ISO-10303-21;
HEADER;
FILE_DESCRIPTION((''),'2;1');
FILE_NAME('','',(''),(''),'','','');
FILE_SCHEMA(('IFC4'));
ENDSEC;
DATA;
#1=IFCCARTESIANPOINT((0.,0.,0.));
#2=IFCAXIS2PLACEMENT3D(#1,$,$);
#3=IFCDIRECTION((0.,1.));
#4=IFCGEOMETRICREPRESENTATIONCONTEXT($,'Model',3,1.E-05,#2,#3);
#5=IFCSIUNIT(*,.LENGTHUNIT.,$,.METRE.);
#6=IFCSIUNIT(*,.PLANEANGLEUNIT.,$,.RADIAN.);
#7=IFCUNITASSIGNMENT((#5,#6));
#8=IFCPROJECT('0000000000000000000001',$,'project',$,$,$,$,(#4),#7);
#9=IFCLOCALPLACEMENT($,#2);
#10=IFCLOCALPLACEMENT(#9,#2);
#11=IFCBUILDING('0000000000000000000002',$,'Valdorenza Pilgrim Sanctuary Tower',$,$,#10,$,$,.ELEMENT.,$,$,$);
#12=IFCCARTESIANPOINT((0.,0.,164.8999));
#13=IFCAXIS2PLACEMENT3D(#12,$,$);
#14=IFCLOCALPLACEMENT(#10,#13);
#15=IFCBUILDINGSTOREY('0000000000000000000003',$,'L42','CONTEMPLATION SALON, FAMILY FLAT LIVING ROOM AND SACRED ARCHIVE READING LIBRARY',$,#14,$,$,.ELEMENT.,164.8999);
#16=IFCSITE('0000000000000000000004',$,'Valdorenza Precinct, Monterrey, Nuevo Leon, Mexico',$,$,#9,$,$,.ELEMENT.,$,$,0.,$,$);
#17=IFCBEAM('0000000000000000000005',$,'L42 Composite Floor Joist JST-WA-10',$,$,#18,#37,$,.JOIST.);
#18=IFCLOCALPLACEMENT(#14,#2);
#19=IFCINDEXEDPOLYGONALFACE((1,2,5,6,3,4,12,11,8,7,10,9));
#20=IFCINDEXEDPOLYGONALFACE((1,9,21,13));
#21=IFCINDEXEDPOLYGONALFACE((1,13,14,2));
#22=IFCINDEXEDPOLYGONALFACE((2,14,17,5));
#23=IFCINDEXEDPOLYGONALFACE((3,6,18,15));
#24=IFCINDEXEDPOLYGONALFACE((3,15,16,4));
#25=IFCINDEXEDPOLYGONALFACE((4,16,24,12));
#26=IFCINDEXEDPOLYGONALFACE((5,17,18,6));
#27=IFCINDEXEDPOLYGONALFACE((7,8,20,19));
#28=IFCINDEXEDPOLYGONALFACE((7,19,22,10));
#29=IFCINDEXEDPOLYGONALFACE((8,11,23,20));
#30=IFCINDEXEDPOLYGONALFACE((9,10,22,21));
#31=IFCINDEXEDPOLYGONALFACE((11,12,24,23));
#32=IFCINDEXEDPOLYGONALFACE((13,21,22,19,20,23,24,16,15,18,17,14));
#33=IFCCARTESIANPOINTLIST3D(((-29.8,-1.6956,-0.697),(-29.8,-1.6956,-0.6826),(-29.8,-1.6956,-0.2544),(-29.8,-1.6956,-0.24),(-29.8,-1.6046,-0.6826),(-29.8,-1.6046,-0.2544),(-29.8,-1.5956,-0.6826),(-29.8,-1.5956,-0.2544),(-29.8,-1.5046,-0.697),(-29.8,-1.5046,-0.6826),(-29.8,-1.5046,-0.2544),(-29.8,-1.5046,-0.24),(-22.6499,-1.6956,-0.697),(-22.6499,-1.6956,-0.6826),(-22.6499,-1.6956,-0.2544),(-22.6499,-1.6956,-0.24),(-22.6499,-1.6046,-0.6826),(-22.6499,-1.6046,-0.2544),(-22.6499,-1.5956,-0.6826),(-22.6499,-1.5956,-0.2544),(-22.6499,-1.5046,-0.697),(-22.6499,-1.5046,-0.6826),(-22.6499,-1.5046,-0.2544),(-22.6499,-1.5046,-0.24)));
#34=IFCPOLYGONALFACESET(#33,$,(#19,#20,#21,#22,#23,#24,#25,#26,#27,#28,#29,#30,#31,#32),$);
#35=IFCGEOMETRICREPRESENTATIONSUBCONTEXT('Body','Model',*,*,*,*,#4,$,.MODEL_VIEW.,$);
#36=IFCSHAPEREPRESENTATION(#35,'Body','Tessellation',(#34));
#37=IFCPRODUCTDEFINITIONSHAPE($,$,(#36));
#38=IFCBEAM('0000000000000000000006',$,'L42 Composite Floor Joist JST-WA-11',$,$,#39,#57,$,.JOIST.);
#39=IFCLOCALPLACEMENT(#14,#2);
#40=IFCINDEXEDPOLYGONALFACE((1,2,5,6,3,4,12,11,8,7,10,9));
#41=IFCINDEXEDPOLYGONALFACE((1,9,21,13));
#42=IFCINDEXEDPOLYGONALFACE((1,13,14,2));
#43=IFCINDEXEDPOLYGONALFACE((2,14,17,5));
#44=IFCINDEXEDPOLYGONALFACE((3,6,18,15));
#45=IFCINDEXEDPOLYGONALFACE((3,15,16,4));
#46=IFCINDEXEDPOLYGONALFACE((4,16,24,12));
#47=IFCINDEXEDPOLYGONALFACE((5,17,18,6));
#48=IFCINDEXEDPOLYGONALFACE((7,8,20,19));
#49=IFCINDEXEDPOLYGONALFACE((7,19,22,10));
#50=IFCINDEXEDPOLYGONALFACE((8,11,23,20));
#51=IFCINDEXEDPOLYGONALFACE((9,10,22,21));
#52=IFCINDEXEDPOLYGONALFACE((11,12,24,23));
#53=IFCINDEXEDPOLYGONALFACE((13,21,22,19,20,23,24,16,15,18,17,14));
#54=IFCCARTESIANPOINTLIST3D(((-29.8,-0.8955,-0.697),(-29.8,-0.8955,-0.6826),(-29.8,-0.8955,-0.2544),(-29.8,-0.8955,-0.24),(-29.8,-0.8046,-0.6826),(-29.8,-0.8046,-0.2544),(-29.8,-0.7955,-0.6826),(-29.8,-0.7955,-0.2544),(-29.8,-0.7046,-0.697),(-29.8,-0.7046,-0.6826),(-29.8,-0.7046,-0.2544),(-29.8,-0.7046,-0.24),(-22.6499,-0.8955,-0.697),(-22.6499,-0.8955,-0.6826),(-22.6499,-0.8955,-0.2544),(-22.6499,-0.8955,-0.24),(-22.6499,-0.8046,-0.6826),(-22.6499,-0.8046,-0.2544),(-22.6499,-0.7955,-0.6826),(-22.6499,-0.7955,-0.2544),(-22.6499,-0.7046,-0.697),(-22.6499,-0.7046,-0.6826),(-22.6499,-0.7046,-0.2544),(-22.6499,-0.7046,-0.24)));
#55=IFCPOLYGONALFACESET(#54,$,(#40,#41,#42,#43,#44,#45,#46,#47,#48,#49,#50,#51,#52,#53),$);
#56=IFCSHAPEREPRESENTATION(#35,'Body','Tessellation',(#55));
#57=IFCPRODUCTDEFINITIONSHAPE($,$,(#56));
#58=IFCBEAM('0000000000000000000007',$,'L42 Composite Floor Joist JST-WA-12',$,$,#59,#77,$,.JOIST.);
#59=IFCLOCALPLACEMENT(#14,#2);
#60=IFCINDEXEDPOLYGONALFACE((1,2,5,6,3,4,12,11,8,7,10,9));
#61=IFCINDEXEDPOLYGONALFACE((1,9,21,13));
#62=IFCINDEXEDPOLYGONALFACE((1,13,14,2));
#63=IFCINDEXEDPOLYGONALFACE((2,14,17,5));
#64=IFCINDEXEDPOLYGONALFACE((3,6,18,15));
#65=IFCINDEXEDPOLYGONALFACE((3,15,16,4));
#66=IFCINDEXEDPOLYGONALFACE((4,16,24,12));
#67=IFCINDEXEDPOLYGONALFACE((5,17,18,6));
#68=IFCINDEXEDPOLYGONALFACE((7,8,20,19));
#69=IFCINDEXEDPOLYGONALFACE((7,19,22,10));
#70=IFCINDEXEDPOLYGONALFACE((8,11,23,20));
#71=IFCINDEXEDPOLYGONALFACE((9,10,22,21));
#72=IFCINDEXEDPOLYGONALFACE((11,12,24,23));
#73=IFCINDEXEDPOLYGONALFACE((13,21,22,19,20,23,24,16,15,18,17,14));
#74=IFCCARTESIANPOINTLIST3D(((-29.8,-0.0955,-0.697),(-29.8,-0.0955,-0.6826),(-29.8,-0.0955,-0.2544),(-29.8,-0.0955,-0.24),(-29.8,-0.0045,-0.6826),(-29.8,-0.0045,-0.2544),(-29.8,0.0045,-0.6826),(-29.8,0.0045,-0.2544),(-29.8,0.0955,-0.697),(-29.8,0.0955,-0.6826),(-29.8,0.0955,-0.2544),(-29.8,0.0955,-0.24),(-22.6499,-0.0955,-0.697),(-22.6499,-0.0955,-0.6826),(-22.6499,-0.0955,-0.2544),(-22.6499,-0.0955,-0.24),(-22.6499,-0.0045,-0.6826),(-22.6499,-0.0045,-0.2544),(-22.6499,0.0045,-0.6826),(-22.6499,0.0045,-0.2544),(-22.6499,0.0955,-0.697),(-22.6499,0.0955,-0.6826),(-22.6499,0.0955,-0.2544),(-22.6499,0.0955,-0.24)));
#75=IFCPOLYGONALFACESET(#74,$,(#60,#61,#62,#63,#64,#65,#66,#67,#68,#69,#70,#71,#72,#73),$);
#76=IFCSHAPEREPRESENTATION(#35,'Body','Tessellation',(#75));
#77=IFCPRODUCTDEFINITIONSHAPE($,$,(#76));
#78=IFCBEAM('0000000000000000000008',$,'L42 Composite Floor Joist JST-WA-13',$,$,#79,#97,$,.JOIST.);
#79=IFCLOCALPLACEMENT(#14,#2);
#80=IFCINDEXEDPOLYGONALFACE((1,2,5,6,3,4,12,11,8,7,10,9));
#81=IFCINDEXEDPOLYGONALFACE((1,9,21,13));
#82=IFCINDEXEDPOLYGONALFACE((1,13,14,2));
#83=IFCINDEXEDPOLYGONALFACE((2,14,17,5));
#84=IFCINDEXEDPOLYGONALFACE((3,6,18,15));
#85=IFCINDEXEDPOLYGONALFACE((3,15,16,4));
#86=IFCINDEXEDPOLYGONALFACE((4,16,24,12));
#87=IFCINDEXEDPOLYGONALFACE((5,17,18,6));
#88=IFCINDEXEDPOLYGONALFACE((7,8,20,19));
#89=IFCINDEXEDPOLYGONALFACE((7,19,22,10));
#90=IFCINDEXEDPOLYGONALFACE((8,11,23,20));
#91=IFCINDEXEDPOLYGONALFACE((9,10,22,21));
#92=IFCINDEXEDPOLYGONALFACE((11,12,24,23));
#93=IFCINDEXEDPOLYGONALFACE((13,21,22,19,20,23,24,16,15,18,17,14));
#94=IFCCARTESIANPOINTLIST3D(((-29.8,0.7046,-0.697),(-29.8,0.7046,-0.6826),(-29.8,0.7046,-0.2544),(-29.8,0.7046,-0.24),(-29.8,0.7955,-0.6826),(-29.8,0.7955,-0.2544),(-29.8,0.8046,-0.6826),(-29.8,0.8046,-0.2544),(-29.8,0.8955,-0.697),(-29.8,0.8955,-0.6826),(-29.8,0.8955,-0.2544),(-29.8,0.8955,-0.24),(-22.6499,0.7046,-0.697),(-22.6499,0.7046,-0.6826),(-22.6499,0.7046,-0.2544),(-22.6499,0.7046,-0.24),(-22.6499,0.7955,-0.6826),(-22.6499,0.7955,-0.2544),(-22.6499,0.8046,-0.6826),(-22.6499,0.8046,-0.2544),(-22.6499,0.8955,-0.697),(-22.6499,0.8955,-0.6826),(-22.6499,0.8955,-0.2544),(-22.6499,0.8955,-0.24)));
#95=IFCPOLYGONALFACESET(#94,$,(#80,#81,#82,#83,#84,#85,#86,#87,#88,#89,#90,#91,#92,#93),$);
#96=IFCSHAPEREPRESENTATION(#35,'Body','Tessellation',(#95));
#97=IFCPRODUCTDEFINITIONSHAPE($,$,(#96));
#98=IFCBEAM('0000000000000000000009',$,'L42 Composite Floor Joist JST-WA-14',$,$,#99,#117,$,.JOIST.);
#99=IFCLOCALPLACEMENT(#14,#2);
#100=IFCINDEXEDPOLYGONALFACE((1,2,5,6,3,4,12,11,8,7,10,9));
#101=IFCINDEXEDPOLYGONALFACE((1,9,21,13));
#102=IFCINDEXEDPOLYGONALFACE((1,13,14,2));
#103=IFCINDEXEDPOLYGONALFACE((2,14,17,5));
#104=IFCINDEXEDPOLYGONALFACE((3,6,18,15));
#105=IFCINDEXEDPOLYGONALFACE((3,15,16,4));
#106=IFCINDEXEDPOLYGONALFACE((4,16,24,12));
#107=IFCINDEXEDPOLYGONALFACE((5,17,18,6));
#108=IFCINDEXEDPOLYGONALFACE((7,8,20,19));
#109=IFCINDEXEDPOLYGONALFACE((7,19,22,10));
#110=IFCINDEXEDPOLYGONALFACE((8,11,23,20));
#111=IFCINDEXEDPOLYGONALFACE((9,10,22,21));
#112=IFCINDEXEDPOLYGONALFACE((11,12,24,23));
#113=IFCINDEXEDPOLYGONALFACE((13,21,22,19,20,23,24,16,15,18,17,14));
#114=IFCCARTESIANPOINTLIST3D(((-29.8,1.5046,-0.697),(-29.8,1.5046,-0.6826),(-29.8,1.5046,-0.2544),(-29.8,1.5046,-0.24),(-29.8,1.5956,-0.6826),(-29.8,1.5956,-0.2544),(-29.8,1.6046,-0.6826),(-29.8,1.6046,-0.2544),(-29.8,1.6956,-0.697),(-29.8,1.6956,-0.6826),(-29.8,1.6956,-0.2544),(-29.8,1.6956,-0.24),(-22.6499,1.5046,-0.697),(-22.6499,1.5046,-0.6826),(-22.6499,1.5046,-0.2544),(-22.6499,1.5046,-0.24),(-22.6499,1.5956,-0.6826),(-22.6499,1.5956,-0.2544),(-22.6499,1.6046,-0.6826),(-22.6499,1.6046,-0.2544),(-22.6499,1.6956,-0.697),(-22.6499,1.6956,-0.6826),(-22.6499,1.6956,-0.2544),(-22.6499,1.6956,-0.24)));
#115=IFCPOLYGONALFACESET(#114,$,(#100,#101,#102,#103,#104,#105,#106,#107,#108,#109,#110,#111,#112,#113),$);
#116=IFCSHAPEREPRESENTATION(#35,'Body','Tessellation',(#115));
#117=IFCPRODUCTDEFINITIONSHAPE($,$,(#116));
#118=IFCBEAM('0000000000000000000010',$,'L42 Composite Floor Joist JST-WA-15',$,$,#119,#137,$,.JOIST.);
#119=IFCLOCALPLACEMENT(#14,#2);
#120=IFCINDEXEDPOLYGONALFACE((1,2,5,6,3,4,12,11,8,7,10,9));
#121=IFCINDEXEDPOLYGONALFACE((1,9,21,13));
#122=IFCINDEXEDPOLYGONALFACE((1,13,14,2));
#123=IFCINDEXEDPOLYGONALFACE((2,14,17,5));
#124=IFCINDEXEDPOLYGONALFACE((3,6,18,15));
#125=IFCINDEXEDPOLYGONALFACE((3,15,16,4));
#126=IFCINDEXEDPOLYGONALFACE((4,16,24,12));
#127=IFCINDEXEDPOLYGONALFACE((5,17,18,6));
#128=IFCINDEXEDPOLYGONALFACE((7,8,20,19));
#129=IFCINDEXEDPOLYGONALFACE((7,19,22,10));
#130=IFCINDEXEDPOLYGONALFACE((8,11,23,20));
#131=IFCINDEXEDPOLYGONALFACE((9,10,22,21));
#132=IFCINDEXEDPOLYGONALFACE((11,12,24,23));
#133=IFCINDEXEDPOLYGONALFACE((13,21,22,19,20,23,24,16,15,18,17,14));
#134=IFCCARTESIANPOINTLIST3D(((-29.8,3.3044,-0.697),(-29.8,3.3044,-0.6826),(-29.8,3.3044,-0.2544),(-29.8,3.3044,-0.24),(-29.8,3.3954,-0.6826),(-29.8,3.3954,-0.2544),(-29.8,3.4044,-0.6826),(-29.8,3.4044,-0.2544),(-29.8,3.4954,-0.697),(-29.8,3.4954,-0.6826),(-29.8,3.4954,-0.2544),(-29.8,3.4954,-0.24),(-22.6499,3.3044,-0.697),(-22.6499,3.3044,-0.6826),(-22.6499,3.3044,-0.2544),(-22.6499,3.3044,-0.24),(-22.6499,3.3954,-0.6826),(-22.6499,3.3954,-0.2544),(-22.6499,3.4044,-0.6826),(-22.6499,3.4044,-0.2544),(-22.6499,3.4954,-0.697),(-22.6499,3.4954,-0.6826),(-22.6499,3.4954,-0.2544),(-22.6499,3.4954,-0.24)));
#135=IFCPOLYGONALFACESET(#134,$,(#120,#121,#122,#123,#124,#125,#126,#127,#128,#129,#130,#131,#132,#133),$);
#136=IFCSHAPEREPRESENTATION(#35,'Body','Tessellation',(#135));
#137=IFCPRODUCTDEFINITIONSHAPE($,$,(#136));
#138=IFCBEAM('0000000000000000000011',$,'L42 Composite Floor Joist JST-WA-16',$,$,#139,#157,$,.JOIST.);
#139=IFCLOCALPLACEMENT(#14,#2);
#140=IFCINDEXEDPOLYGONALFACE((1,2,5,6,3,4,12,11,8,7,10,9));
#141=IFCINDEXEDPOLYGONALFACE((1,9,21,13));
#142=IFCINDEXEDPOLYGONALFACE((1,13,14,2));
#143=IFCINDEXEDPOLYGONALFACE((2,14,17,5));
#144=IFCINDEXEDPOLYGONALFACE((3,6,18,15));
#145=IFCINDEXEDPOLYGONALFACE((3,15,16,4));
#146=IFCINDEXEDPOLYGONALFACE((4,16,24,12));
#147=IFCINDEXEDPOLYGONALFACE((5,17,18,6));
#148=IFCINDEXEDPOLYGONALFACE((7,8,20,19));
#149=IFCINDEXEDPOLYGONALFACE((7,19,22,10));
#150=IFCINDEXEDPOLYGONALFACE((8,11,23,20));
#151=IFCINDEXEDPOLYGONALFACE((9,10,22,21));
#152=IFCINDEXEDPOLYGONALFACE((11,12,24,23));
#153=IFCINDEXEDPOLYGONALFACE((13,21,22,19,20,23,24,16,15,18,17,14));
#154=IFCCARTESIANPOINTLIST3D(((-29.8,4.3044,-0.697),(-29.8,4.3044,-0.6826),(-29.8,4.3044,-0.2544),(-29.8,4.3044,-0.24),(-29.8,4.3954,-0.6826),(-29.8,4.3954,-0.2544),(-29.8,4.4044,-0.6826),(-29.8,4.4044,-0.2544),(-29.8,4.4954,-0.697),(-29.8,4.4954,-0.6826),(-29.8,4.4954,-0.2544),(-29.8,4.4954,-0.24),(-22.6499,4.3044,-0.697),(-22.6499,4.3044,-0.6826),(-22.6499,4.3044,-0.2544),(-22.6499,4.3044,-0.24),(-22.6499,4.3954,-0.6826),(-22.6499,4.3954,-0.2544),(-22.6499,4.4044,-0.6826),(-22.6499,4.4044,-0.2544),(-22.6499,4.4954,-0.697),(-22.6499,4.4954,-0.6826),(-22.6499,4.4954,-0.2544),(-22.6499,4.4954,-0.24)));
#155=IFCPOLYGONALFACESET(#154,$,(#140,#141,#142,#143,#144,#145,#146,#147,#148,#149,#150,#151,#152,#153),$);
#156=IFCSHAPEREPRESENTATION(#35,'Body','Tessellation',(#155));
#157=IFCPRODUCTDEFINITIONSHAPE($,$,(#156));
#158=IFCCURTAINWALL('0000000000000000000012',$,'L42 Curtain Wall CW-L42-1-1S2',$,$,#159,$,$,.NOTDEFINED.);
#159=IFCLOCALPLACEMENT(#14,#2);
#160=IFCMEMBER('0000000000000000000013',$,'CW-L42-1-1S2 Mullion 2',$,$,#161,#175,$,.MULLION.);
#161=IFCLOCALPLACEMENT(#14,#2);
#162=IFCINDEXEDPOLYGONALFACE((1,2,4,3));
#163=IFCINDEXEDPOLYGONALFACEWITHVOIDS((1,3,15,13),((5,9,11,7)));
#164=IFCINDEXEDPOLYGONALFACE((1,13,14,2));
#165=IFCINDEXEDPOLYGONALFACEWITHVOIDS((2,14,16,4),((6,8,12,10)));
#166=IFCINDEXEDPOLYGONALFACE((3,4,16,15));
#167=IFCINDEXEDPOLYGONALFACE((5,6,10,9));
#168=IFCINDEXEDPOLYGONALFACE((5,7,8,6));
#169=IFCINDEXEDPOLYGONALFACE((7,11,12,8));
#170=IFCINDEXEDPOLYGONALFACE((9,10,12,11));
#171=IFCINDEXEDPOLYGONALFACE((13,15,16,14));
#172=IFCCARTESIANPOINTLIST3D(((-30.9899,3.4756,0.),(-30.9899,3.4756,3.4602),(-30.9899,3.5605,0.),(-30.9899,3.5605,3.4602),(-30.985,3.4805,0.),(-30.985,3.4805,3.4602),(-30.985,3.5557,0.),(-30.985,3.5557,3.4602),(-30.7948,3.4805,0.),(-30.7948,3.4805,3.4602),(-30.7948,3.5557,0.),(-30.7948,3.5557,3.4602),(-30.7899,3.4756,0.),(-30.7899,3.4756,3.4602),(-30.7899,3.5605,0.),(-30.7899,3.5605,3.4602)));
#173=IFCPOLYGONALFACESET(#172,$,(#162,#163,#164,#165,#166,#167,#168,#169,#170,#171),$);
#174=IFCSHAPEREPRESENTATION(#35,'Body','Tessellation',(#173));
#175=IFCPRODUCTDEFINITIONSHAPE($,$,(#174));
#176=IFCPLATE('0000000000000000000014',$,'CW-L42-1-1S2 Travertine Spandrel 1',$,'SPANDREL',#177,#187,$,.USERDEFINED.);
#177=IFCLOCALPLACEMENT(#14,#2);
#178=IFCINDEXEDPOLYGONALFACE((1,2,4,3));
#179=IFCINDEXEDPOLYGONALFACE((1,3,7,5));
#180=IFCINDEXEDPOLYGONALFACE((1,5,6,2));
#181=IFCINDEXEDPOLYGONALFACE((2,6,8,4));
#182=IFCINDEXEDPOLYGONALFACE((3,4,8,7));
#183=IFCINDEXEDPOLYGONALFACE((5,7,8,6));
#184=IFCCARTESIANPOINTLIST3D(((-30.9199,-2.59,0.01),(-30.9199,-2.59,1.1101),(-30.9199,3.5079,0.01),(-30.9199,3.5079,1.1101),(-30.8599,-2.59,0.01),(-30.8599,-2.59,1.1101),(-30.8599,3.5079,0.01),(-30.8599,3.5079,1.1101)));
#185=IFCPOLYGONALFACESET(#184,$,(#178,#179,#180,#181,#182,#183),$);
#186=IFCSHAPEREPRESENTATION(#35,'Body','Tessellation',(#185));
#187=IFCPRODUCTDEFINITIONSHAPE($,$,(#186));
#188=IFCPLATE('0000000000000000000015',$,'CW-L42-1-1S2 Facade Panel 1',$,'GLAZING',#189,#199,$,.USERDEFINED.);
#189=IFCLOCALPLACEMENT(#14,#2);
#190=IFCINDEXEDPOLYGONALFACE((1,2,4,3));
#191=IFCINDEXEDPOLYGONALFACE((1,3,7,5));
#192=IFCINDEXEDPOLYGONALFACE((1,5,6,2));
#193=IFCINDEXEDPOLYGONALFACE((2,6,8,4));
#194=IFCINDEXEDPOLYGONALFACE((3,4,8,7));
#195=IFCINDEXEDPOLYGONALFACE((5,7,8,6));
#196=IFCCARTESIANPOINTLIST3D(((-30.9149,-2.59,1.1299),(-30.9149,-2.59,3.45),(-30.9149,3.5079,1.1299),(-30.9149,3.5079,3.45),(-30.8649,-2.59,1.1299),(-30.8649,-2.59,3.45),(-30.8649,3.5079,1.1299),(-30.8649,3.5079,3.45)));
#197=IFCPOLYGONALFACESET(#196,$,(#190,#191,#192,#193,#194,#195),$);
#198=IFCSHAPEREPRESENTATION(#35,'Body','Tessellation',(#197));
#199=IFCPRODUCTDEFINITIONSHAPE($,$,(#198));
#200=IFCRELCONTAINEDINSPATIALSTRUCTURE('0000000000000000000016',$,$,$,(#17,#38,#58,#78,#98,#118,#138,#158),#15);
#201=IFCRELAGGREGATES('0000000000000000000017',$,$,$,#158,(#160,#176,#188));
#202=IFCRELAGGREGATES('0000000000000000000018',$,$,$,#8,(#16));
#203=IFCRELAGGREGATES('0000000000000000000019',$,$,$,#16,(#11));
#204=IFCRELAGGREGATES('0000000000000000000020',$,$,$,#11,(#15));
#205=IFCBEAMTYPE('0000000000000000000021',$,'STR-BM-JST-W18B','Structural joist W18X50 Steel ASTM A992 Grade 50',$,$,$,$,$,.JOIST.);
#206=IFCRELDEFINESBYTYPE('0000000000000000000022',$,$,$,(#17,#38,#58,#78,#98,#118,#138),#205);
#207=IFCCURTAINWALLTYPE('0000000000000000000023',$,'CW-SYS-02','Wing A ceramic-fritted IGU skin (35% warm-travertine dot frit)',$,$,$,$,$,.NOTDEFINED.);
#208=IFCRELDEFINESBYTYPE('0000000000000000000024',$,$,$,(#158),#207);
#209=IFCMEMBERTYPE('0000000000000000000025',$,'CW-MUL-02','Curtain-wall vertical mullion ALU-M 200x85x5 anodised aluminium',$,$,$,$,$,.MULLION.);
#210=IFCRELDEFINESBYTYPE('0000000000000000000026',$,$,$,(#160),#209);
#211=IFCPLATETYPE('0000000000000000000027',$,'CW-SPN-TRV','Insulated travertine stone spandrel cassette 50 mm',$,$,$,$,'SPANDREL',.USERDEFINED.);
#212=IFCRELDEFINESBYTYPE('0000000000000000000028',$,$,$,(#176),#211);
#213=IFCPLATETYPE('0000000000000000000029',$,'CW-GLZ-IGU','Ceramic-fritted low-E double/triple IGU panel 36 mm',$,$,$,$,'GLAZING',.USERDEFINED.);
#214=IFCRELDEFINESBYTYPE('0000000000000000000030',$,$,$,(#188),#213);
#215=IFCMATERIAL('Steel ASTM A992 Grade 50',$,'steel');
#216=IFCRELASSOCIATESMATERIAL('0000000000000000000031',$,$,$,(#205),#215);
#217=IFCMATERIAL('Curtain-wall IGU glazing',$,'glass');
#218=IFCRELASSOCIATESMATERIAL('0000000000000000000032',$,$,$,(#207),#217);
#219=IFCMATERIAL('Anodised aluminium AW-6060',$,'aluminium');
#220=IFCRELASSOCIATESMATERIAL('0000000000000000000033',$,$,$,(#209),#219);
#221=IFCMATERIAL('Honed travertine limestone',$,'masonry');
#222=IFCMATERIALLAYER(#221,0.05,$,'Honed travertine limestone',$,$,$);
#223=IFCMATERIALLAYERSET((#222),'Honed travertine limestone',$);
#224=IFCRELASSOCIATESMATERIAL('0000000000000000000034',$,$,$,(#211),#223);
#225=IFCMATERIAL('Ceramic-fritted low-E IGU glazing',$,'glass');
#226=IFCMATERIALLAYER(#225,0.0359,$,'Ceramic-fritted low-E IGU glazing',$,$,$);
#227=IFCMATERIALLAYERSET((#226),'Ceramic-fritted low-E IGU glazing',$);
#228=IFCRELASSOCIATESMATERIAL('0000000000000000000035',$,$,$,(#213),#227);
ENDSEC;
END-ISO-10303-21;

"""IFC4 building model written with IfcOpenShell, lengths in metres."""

from ifc_helpers import new_model, si_unit, direction, frame, origin, origin_2d, place, context, subcontext, project, spatial, rectangle, hollow_rectangle, i_section, extrude, source, transform, mapped, material, layer, layer_set, material_profile, profile_set, type_object, element, aggregate, save


model = new_model("IFC4")

# Units and contexts
model_context = context("Model", 3, precision=1e-05, world=origin(), true_north=direction((0.0, 1.0)))
body_context = subcontext(model_context, "Body", "Model", "MODEL_VIEW")
ifc_project = project(units=[si_unit("LENGTHUNIT", "METRE"), si_unit("PLANEANGLEUNIT", "RADIAN")], contexts=[model_context])

# Site, building, storey
site_placement = place(None, origin())
site = spatial("IfcSite", under=ifc_project, at=site_placement, Name="Valdorenza Precinct, Monterrey, Nuevo Leon, Mexico", CompositionType="ELEMENT", RefElevation=0.0)
building_placement = place(site_placement, origin())
building = spatial("IfcBuilding", under=site, at=building_placement, Name="Valdorenza Pilgrim Sanctuary Tower", CompositionType="ELEMENT")
storey_placement = place(building_placement, frame((0.0, 0.0, 164.8999)))
storey = spatial("IfcBuildingStorey", under=building, at=storey_placement, Name="L42", Description="CONTEMPLATION SALON, FAMILY FLAT LIVING ROOM AND SACRED ARCHIVE READING LIBRARY", CompositionType="ELEMENT", Elevation=164.8999)

# Beams
ifc_material_1 = material(Name="Steel ASTM A992 Grade 50", Category="steel")
ifc_material_profile_1 = material_profile(ifc_material_1, i_section(OverallWidth=0.1909, OverallDepth=0.457, WebThickness=0.009, FlangeThickness=0.0144, at=origin_2d()), Name="W18X50")
ifc_profile_set_1 = profile_set([ifc_material_profile_1], Name="Steel ASTM A992 Grade 50")
beam_type = type_object("IfcBeamType", Name="STR-BM-JST-W18B", Description="Structural joist W18X50 Steel ASTM A992 Grade 50", PredefinedType="JOIST", material=ifc_profile_set_1)
shared_shape_1 = source(origin(), body_context, "Body", "SweptSolid", [
    extrude(i_section(OverallWidth=0.1909, OverallDepth=0.457, WebThickness=0.009, FlangeThickness=0.0144, at=origin_2d()), origin(), (0.0, 0.0, 1.0), 7.1501),
])
for number, where, z_axis, x_axis, name in (
    (1, (-29.8, -1.6001, -0.4685), (1.0, 0.0, 0.0), (0.0, 1.0, 0.0), "L42 Composite Floor Joist JST-WA-10"),
    (2, (-29.8, -0.8, -0.4685), (1.0, 0.0, 0.0), (0.0, 1.0, 0.0), "L42 Composite Floor Joist JST-WA-11"),
    (3, (-29.8, 0.0, -0.4685), (1.0, 0.0, 0.0), (0.0, 1.0, 0.0), "L42 Composite Floor Joist JST-WA-12"),
    (4, (-29.8, 0.8, -0.4685), (1.0, 0.0, 0.0), (0.0, 1.0, 0.0), "L42 Composite Floor Joist JST-WA-13"),
    (5, (-29.8, 1.6001, -0.4685), (1.0, 0.0, 0.0), (0.0, 1.0, 0.0), "L42 Composite Floor Joist JST-WA-14"),
    (6, (-29.8, 3.3999, -0.4685), (1.0, 0.0, 0.0), (0.0, 1.0, 0.0), "L42 Composite Floor Joist JST-WA-15"),
    (7, (-29.8, 4.3999, -0.4685), (1.0, 0.0, 0.0), (0.0, 1.0, 0.0), "L42 Composite Floor Joist JST-WA-16"),
):
    element("IfcBeam", number, at=place(storey_placement, frame(where, z_axis=z_axis, x_axis=x_axis)), inside=storey, type_object=beam_type, Name=name, PredefinedType="JOIST", context=body_context, shape_type="MappedRepresentation", body=[
        mapped(shared_shape_1, transform((0.0, 0.0, 0.0), x_axis=(1.0, 0.0, 0.0), y_axis=(0.0, 1.0, 0.0), z_axis=(0.0, 0.0, 1.0), scale=1.0)),
    ])

# Curtain wall, member, plates
ifc_material_2 = material(Name="Curtain-wall IGU glazing", Category="glass")
curtain_wall_type = type_object("IfcCurtainWallType", Name="CW-SYS-02", Description="Wing A ceramic-fritted IGU skin (35% warm-travertine dot frit)", PredefinedType="NOTDEFINED", material=ifc_material_2)
curtain_wall_placement = place(storey_placement, origin())
curtain_wall = element("IfcCurtainWall", 8, at=curtain_wall_placement, inside=storey, type_object=curtain_wall_type, Name="L42 Curtain Wall CW-L42-1-1S2", PredefinedType="NOTDEFINED")
ifc_material_3 = material(Name="Anodised aluminium AW-6060", Category="aluminium")
ifc_material_profile_2 = material_profile(ifc_material_3, hollow_rectangle(XDim=0.085, YDim=0.2, WallThickness=0.0049, at=origin_2d()), Name="ALU-M 200x85x5")
ifc_profile_set_2 = profile_set([ifc_material_profile_2], Name="Anodised aluminium AW-6060")
member_type = type_object("IfcMemberType", Name="CW-MUL-02", Description="Curtain-wall vertical mullion ALU-M 200x85x5 anodised aluminium", PredefinedType="MULLION", material=ifc_profile_set_2)
shared_shape_2 = source(origin(), body_context, "Body", "SweptSolid", [
    extrude(hollow_rectangle(XDim=0.085, YDim=0.2, WallThickness=0.0049, at=origin_2d()), origin(), (0.0, 0.0, 1.0), 3.4602),
])
member_placement = place(storey_placement, frame((-30.8899, 3.5181, 0.0), z_axis=(0.0, 0.0, 1.0), x_axis=(0.0, 1.0, 0.0)))
member = element("IfcMember", 9, at=member_placement, type_object=member_type, Name="CW-L42-1-1S2 Mullion 2", PredefinedType="MULLION", context=body_context, shape_type="MappedRepresentation", body=[
    mapped(shared_shape_2, transform((0.0, 0.0, 0.0), x_axis=(1.0, 0.0, 0.0), y_axis=(0.0, 1.0, 0.0), z_axis=(0.0, 0.0, 1.0), scale=1.0)),
])
ifc_material_4 = material(Name="Honed travertine limestone", Category="masonry")
ifc_layer_1 = layer(ifc_material_4, 0.05, Name="Honed travertine limestone")
ifc_layer_set_1 = layer_set([ifc_layer_1], Name="Honed travertine limestone")
plate_type_1 = type_object("IfcPlateType", Name="CW-SPN-TRV", Description="Insulated travertine stone spandrel cassette 50 mm", ElementType="SPANDREL", PredefinedType="USERDEFINED", material=ifc_layer_set_1)
shared_shape_3 = source(origin(), body_context, "Body", "SweptSolid", [
    extrude(rectangle(XDim=6.0979, YDim=0.0601, at=origin_2d()), origin(), (0.0, 0.0, 1.0), 1.1001),
])
plate_1_placement = place(storey_placement, frame((-30.8899, 0.459, 0.01), z_axis=(0.0, 0.0, 1.0), x_axis=(0.0, 1.0, 0.0)))
plate_1 = element("IfcPlate", 10, at=plate_1_placement, type_object=plate_type_1, Name="CW-L42-1-1S2 Travertine Spandrel 1", ObjectType="SPANDREL", PredefinedType="USERDEFINED", context=body_context, shape_type="MappedRepresentation", body=[
    mapped(shared_shape_3, transform((0.0, 0.0, 0.0), x_axis=(1.0, 0.0, 0.0), y_axis=(0.0, 1.0, 0.0), z_axis=(0.0, 0.0, 1.0), scale=1.0)),
])
ifc_material_5 = material(Name="Ceramic-fritted low-E IGU glazing", Category="glass")
ifc_layer_2 = layer(ifc_material_5, 0.0359, Name="Ceramic-fritted low-E IGU glazing")
ifc_layer_set_2 = layer_set([ifc_layer_2], Name="Ceramic-fritted low-E IGU glazing")
plate_type_2 = type_object("IfcPlateType", Name="CW-GLZ-IGU", Description="Ceramic-fritted low-E double/triple IGU panel 36 mm", ElementType="GLAZING", PredefinedType="USERDEFINED", material=ifc_layer_set_2)
shared_shape_4 = source(origin(), body_context, "Body", "SweptSolid", [
    extrude(rectangle(XDim=6.0979, YDim=0.05, at=origin_2d()), origin(), (0.0, 0.0, 1.0), 2.3201),
])
plate_2_placement = place(storey_placement, frame((-30.8899, 0.459, 1.1299), z_axis=(0.0, 0.0, 1.0), x_axis=(0.0, 1.0, 0.0)))
plate_2 = element("IfcPlate", 11, at=plate_2_placement, type_object=plate_type_2, Name="CW-L42-1-1S2 Facade Panel 1", ObjectType="GLAZING", PredefinedType="USERDEFINED", context=body_context, shape_type="MappedRepresentation", body=[
    mapped(shared_shape_4, transform((0.0, 0.0, 0.0), x_axis=(1.0, 0.0, 0.0), y_axis=(0.0, 1.0, 0.0), z_axis=(0.0, 0.0, 1.0), scale=1.0)),
])
aggregate(curtain_wall, [member, plate_1, plate_2])

save(model, "model.ifc")
